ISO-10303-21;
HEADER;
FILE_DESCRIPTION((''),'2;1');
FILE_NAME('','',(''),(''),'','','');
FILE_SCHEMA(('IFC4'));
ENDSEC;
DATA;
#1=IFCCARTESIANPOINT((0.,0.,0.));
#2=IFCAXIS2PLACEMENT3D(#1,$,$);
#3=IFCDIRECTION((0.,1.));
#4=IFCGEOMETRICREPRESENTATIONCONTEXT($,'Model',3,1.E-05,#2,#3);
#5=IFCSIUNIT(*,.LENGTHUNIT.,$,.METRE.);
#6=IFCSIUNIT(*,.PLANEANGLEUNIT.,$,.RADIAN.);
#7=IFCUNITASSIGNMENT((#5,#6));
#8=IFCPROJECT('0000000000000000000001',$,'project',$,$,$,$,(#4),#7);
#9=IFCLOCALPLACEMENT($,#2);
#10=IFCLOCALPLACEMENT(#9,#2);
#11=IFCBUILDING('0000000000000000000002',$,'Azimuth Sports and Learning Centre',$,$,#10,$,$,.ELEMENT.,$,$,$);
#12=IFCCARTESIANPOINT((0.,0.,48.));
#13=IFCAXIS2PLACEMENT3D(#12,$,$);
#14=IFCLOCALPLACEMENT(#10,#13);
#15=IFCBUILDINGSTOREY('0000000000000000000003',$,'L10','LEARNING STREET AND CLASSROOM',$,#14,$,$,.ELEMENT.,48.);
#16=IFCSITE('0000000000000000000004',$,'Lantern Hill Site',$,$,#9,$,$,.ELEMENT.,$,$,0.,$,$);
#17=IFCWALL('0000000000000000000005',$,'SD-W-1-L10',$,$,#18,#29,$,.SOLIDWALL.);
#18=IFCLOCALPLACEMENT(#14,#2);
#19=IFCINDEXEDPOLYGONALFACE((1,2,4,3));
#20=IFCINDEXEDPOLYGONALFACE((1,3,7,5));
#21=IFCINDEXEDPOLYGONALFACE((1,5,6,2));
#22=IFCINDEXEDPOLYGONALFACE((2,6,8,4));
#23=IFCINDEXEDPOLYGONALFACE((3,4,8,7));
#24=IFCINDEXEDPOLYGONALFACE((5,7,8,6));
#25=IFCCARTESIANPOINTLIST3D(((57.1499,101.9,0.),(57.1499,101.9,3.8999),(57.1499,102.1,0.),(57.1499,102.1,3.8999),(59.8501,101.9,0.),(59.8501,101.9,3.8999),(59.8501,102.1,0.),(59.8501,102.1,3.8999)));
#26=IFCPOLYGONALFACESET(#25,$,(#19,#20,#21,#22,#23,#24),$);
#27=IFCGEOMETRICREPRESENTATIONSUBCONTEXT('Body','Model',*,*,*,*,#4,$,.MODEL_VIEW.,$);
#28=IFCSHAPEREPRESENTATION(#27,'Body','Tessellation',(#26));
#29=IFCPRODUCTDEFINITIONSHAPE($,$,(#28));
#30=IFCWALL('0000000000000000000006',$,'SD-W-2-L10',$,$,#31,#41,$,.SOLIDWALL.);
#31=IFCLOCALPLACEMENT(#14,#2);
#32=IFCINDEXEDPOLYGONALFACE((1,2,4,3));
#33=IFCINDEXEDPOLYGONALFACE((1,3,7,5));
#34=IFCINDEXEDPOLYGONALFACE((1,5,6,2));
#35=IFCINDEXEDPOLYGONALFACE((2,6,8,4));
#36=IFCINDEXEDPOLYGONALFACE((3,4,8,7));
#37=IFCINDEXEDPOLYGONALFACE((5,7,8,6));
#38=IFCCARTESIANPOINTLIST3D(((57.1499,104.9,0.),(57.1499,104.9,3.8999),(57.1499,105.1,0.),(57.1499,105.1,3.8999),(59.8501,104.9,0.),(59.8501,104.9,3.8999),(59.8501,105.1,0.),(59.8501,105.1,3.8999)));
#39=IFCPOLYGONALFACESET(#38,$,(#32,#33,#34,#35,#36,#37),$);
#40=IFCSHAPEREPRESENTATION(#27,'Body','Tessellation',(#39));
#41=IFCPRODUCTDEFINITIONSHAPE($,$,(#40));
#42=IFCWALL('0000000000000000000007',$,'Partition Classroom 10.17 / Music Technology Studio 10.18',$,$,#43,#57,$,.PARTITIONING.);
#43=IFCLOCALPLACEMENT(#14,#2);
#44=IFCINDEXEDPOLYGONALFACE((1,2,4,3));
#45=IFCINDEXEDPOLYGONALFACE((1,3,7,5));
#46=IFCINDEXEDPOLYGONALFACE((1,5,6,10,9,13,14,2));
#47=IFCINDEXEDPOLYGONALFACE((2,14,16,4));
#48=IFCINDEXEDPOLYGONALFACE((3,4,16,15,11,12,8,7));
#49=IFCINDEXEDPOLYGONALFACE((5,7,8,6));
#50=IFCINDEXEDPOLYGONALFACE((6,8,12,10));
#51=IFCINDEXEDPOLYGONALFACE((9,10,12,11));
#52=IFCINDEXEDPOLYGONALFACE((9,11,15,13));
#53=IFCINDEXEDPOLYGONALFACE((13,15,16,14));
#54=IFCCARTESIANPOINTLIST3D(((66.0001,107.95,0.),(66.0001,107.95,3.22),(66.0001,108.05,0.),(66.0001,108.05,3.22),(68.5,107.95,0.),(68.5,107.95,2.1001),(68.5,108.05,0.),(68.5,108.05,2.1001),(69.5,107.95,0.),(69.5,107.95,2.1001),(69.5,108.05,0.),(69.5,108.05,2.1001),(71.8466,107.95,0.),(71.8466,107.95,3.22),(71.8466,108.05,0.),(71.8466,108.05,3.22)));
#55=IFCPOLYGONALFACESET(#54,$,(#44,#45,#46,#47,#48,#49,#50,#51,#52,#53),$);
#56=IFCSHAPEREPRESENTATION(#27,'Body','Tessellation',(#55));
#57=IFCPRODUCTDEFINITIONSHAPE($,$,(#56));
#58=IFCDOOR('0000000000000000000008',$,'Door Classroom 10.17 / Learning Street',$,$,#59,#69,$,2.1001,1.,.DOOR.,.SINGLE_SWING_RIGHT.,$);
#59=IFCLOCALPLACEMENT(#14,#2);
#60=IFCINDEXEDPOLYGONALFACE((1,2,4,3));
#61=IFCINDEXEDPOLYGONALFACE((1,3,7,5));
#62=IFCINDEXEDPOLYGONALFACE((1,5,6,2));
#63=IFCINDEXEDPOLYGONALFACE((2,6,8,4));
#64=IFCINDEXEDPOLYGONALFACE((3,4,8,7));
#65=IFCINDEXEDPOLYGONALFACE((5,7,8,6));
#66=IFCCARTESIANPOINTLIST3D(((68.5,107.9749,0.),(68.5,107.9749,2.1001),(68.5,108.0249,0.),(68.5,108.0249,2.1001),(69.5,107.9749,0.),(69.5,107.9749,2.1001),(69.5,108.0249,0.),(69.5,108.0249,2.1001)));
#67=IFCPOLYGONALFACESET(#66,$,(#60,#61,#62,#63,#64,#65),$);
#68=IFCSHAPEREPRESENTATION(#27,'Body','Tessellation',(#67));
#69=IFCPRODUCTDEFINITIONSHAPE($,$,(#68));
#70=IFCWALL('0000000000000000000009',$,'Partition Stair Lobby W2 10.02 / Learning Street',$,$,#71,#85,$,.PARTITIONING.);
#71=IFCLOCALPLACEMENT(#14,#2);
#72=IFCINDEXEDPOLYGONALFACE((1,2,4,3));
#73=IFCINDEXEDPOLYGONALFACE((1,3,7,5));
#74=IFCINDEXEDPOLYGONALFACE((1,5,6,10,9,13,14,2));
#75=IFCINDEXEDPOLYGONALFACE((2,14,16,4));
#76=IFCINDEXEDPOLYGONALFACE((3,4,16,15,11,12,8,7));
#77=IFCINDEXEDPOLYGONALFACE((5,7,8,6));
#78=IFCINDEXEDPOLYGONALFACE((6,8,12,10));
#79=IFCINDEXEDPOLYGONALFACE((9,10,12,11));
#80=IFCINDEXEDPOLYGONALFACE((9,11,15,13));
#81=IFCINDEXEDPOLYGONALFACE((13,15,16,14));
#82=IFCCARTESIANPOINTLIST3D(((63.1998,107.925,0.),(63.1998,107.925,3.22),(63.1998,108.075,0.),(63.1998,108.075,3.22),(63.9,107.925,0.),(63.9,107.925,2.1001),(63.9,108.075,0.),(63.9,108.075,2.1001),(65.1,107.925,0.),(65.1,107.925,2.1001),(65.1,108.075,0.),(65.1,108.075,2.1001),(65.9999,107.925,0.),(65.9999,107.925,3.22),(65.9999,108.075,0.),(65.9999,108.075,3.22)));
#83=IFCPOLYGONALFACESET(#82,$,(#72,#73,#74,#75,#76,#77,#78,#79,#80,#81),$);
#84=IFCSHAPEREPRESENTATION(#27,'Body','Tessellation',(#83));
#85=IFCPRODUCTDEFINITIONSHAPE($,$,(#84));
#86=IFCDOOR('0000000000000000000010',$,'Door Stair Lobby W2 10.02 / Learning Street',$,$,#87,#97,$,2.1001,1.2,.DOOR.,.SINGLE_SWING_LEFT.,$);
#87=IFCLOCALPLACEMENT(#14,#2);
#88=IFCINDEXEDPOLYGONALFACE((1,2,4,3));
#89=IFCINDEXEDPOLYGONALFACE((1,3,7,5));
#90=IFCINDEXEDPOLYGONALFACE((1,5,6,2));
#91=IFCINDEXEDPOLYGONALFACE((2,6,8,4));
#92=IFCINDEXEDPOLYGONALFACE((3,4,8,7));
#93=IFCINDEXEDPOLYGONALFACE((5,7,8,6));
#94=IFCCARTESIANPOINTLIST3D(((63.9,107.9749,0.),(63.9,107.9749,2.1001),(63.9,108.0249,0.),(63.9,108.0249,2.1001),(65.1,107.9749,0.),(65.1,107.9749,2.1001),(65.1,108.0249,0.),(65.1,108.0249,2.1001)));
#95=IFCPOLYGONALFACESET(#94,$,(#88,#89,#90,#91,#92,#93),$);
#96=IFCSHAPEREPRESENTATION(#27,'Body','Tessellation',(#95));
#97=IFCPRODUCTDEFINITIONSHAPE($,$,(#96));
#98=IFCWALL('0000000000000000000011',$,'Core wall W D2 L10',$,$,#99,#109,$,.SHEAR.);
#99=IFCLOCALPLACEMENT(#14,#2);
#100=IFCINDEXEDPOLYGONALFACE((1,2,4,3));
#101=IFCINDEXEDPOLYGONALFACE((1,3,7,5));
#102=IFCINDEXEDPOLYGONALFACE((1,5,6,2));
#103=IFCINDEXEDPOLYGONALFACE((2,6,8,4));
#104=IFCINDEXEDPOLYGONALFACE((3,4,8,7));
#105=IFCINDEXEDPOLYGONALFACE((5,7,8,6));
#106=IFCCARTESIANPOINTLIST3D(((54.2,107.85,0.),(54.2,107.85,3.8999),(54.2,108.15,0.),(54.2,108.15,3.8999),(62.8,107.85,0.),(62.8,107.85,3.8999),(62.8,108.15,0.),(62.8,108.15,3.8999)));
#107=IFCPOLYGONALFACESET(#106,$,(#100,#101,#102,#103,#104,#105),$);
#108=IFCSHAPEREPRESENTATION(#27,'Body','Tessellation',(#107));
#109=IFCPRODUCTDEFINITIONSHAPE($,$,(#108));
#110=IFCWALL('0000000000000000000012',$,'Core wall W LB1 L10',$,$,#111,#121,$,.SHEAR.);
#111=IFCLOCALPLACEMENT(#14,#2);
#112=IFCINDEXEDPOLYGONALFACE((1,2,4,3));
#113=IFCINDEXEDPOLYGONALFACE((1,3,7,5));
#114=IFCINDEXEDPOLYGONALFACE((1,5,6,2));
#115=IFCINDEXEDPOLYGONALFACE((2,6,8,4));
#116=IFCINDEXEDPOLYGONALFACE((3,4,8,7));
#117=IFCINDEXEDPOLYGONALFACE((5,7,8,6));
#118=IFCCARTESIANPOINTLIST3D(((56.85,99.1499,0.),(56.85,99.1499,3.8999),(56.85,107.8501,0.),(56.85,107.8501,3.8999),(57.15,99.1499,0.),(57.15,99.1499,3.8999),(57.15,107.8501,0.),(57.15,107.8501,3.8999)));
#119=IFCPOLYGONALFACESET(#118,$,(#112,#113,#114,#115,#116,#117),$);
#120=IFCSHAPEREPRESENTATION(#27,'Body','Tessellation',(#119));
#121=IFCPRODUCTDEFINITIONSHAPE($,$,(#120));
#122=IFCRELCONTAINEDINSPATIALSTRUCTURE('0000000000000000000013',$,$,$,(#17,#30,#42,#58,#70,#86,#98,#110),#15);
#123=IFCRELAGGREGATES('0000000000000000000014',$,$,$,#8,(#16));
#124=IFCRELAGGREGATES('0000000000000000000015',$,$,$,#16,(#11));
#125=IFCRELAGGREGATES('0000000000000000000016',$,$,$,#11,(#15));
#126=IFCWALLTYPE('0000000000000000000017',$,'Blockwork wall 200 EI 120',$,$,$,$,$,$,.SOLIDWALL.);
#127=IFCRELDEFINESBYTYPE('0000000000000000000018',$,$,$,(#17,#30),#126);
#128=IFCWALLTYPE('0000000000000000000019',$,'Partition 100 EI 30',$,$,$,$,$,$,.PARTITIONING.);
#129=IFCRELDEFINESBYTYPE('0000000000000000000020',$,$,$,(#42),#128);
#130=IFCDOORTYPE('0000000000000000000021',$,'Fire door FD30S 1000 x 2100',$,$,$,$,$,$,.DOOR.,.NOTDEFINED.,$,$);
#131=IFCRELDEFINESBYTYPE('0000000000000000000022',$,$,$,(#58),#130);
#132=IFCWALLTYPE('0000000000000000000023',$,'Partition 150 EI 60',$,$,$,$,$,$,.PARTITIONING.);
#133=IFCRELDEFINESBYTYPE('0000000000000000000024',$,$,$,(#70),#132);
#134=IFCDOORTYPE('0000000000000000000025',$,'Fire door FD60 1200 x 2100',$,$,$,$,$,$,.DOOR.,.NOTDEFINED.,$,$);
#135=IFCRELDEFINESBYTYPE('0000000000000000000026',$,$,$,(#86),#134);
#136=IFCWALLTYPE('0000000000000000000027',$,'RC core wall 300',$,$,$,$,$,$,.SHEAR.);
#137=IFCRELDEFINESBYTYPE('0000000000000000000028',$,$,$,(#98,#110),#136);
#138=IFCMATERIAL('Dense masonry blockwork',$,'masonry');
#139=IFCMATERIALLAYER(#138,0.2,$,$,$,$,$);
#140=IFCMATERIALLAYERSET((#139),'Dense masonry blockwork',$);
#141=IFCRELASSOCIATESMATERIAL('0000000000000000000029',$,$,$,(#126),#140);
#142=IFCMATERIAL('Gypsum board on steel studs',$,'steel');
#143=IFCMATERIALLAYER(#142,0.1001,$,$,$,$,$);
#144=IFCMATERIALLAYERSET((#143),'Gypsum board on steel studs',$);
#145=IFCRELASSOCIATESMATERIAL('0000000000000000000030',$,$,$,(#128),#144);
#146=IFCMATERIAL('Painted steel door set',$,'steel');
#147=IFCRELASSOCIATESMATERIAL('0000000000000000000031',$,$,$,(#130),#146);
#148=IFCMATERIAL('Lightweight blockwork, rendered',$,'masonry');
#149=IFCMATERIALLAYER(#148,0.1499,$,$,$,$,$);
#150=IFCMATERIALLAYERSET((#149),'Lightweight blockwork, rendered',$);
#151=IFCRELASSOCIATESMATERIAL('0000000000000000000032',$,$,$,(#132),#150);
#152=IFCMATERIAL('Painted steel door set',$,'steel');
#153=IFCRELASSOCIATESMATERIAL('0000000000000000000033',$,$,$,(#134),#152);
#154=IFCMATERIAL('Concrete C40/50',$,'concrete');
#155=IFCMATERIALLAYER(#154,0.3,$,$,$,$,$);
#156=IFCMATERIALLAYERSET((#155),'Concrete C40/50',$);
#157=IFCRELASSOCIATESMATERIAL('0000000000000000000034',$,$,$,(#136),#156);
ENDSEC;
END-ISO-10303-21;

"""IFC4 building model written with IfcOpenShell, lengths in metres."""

from ifc_helpers import new_model, si_unit, direction, frame, frame_2d, origin, place, context, subcontext, project, spatial, rectangle, extrude, material, layer, layer_set, type_object, element, fill, save


model = new_model("IFC4")

# Units and contexts
model_context = context("Model", 3, precision=1e-05, world=origin(), true_north=direction((0.0, 1.0)))
body_context = subcontext(model_context, "Body", "Model", "MODEL_VIEW")
ifc_project = project(units=[si_unit("LENGTHUNIT", "METRE"), si_unit("PLANEANGLEUNIT", "RADIAN")], contexts=[model_context])

# Site, building, storey
site_placement = place(None, origin())
site = spatial("IfcSite", under=ifc_project, at=site_placement, Name="Lantern Hill Site", CompositionType="ELEMENT", RefElevation=0.0)
building_placement = place(site_placement, origin())
building = spatial("IfcBuilding", under=site, at=building_placement, Name="Azimuth Sports and Learning Centre", CompositionType="ELEMENT")
storey_placement = place(building_placement, frame((0.0, 0.0, 48.0)))
storey = spatial("IfcBuildingStorey", under=building, at=storey_placement, Name="L10", Description="LEARNING STREET AND CLASSROOM", CompositionType="ELEMENT", Elevation=48.0)

# Walls
ifc_material_1 = material(Name="Dense masonry blockwork", Category="masonry")
ifc_layer_1 = layer(ifc_material_1, 0.2)
ifc_layer_set_1 = layer_set([ifc_layer_1], Name="Dense masonry blockwork")
wall_type_1 = type_object("IfcWallType", Name="Blockwork wall 200 EI 120", PredefinedType="SOLIDWALL", material=ifc_layer_set_1)
for number, where, z_axis, x_axis, name in (
    (1, (57.1499, 102.0, 0.0), (0.0, 0.0, 1.0), (1.0, 0.0, 0.0), "SD-W-1-L10"),
    (2, (57.1499, 105.0, 0.0), (0.0, 0.0, 1.0), (1.0, 0.0, 0.0), "SD-W-2-L10"),
):
    element("IfcWall", number, at=place(storey_placement, frame(where, z_axis=z_axis, x_axis=x_axis)), inside=storey, type_object=wall_type_1, Name=name, PredefinedType="SOLIDWALL", context=body_context, shape_type="SweptSolid", body=[
        extrude(rectangle(XDim=2.7002, YDim=0.2, at=frame_2d((1.3501, 0.0))), origin(), (0.0, 0.0, 1.0), 3.8999),
    ])

# Walls, openings, doors
ifc_material_2 = material(Name="Gypsum board on steel studs", Category="steel")
ifc_layer_2 = layer(ifc_material_2, 0.1001)
ifc_layer_set_2 = layer_set([ifc_layer_2], Name="Gypsum board on steel studs")
wall_type_2 = type_object("IfcWallType", Name="Partition 100 EI 30", PredefinedType="PARTITIONING", material=ifc_layer_set_2)
wall_1_placement = place(storey_placement, frame((66.0, 108.0, 0.0), z_axis=(0.0, 0.0, 1.0), x_axis=(1.0, 0.0, 0.0)))
wall_1 = element("IfcWall", 3, at=wall_1_placement, inside=storey, type_object=wall_type_2, Name="Partition Classroom 10.17 / Music Technology Studio 10.18", PredefinedType="PARTITIONING", context=body_context, shape_type="SweptSolid", body=[
    extrude(rectangle(XDim=5.8464, YDim=0.1001, at=frame_2d((2.9233, 0.0))), origin(), (0.0, 0.0, 1.0), 3.22),
])
opening_1_placement = place(wall_1_placement, frame((2.5, 0.0, 0.0)))
opening_1 = element("IfcOpeningElement", 4, at=opening_1_placement, cuts=wall_1, PredefinedType="OPENING", context=body_context, shape_type="SweptSolid", body=[
    extrude(rectangle(XDim=1.0, YDim=2.1001, at=frame_2d((0.5, 1.05))), frame((0.0, 0.061, 0.0), z_axis=(0.0, -1.0, 0.0), x_axis=(1.0, 0.0, 0.0)), (0.0, 0.0, 1.0), 0.1221),
])
ifc_material_3 = material(Name="Painted steel door set", Category="steel")
door_type_1 = type_object("IfcDoorType", Name="Fire door FD30S 1000 x 2100", OperationType="NOTDEFINED", PredefinedType="DOOR", material=ifc_material_3)
door_1_placement = place(opening_1_placement, origin())
door_1 = element("IfcDoor", 5, at=door_1_placement, inside=storey, type_object=door_type_1, Name="Door Classroom 10.17 / Learning Street", OperationType="SINGLE_SWING_RIGHT", OverallHeight=2.1001, OverallWidth=1.0, PredefinedType="DOOR", context=body_context, shape_type="SweptSolid", body=[
    extrude(rectangle(XDim=1.0, YDim=2.1001, at=frame_2d((0.5, 1.05))), frame((0.0, 0.0249, 0.0), z_axis=(0.0, -1.0, 0.0), x_axis=(1.0, 0.0, 0.0)), (0.0, 0.0, 1.0), 0.05),
])
fill(opening_1, door_1)
ifc_material_4 = material(Name="Lightweight blockwork, rendered", Category="masonry")
ifc_layer_3 = layer(ifc_material_4, 0.1499)
ifc_layer_set_3 = layer_set([ifc_layer_3], Name="Lightweight blockwork, rendered")
wall_type_3 = type_object("IfcWallType", Name="Partition 150 EI 60", PredefinedType="PARTITIONING", material=ifc_layer_set_3)
wall_2_placement = place(storey_placement, frame((63.2, 108.0, 0.0), z_axis=(0.0, 0.0, 1.0), x_axis=(1.0, 0.0, 0.0)))
wall_2 = element("IfcWall", 6, at=wall_2_placement, inside=storey, type_object=wall_type_3, Name="Partition Stair Lobby W2 10.02 / Learning Street", PredefinedType="PARTITIONING", context=body_context, shape_type="SweptSolid", body=[
    extrude(rectangle(XDim=2.8, YDim=0.1499, at=frame_2d((1.3999, 0.0))), origin(), (0.0, 0.0, 1.0), 3.22),
])
opening_2_placement = place(wall_2_placement, frame((0.7, 0.0, 0.0)))
opening_2 = element("IfcOpeningElement", 7, at=opening_2_placement, cuts=wall_2, PredefinedType="OPENING", context=body_context, shape_type="SweptSolid", body=[
    extrude(rectangle(XDim=1.2, YDim=2.1001, at=frame_2d((0.6001, 1.05))), frame((0.0, 0.0859, 0.0), z_axis=(0.0, -1.0, 0.0), x_axis=(1.0, 0.0, 0.0)), (0.0, 0.0, 1.0), 0.1719),
])
ifc_material_5 = material(Name="Painted steel door set", Category="steel")
door_type_2 = type_object("IfcDoorType", Name="Fire door FD60 1200 x 2100", OperationType="NOTDEFINED", PredefinedType="DOOR", material=ifc_material_5)
door_2_placement = place(opening_2_placement, origin())
door_2 = element("IfcDoor", 8, at=door_2_placement, inside=storey, type_object=door_type_2, Name="Door Stair Lobby W2 10.02 / Learning Street", OperationType="SINGLE_SWING_LEFT", OverallHeight=2.1001, OverallWidth=1.2, PredefinedType="DOOR", context=body_context, shape_type="SweptSolid", body=[
    extrude(rectangle(XDim=1.2, YDim=2.1001, at=frame_2d((0.6001, 1.05))), frame((0.0, 0.0249, 0.0), z_axis=(0.0, -1.0, 0.0), x_axis=(1.0, 0.0, 0.0)), (0.0, 0.0, 1.0), 0.05),
])
fill(opening_2, door_2)

# Walls
ifc_material_6 = material(Name="Concrete C40/50", Category="concrete")
ifc_layer_4 = layer(ifc_material_6, 0.3)
ifc_layer_set_4 = layer_set([ifc_layer_4], Name="Concrete C40/50")
wall_type_4 = type_object("IfcWallType", Name="RC core wall 300", PredefinedType="SHEAR", material=ifc_layer_set_4)
wall_3_placement = place(storey_placement, frame((54.2, 108.0, 0.0), z_axis=(0.0, 0.0, 1.0), x_axis=(1.0, 0.0, 0.0)))
element("IfcWall", 9, at=wall_3_placement, inside=storey, type_object=wall_type_4, Name="Core wall W D2 L10", PredefinedType="SHEAR", context=body_context, shape_type="SweptSolid", body=[
    extrude(rectangle(XDim=8.6001, YDim=0.3, at=frame_2d((4.3, 0.0))), origin(), (0.0, 0.0, 1.0), 3.8999),
])
wall_4_placement = place(storey_placement, frame((57.0, 99.1499, 0.0), z_axis=(0.0, 0.0, 1.0), x_axis=(0.0, 1.0, 0.0)))
element("IfcWall", 10, at=wall_4_placement, inside=storey, type_object=wall_type_4, Name="Core wall W LB1 L10", PredefinedType="SHEAR", context=body_context, shape_type="SweptSolid", body=[
    extrude(rectangle(XDim=8.7002, YDim=0.3, at=frame_2d((4.3501, 0.0))), origin(), (0.0, 0.0, 1.0), 3.8999),
])

save(model, "model.ifc")
